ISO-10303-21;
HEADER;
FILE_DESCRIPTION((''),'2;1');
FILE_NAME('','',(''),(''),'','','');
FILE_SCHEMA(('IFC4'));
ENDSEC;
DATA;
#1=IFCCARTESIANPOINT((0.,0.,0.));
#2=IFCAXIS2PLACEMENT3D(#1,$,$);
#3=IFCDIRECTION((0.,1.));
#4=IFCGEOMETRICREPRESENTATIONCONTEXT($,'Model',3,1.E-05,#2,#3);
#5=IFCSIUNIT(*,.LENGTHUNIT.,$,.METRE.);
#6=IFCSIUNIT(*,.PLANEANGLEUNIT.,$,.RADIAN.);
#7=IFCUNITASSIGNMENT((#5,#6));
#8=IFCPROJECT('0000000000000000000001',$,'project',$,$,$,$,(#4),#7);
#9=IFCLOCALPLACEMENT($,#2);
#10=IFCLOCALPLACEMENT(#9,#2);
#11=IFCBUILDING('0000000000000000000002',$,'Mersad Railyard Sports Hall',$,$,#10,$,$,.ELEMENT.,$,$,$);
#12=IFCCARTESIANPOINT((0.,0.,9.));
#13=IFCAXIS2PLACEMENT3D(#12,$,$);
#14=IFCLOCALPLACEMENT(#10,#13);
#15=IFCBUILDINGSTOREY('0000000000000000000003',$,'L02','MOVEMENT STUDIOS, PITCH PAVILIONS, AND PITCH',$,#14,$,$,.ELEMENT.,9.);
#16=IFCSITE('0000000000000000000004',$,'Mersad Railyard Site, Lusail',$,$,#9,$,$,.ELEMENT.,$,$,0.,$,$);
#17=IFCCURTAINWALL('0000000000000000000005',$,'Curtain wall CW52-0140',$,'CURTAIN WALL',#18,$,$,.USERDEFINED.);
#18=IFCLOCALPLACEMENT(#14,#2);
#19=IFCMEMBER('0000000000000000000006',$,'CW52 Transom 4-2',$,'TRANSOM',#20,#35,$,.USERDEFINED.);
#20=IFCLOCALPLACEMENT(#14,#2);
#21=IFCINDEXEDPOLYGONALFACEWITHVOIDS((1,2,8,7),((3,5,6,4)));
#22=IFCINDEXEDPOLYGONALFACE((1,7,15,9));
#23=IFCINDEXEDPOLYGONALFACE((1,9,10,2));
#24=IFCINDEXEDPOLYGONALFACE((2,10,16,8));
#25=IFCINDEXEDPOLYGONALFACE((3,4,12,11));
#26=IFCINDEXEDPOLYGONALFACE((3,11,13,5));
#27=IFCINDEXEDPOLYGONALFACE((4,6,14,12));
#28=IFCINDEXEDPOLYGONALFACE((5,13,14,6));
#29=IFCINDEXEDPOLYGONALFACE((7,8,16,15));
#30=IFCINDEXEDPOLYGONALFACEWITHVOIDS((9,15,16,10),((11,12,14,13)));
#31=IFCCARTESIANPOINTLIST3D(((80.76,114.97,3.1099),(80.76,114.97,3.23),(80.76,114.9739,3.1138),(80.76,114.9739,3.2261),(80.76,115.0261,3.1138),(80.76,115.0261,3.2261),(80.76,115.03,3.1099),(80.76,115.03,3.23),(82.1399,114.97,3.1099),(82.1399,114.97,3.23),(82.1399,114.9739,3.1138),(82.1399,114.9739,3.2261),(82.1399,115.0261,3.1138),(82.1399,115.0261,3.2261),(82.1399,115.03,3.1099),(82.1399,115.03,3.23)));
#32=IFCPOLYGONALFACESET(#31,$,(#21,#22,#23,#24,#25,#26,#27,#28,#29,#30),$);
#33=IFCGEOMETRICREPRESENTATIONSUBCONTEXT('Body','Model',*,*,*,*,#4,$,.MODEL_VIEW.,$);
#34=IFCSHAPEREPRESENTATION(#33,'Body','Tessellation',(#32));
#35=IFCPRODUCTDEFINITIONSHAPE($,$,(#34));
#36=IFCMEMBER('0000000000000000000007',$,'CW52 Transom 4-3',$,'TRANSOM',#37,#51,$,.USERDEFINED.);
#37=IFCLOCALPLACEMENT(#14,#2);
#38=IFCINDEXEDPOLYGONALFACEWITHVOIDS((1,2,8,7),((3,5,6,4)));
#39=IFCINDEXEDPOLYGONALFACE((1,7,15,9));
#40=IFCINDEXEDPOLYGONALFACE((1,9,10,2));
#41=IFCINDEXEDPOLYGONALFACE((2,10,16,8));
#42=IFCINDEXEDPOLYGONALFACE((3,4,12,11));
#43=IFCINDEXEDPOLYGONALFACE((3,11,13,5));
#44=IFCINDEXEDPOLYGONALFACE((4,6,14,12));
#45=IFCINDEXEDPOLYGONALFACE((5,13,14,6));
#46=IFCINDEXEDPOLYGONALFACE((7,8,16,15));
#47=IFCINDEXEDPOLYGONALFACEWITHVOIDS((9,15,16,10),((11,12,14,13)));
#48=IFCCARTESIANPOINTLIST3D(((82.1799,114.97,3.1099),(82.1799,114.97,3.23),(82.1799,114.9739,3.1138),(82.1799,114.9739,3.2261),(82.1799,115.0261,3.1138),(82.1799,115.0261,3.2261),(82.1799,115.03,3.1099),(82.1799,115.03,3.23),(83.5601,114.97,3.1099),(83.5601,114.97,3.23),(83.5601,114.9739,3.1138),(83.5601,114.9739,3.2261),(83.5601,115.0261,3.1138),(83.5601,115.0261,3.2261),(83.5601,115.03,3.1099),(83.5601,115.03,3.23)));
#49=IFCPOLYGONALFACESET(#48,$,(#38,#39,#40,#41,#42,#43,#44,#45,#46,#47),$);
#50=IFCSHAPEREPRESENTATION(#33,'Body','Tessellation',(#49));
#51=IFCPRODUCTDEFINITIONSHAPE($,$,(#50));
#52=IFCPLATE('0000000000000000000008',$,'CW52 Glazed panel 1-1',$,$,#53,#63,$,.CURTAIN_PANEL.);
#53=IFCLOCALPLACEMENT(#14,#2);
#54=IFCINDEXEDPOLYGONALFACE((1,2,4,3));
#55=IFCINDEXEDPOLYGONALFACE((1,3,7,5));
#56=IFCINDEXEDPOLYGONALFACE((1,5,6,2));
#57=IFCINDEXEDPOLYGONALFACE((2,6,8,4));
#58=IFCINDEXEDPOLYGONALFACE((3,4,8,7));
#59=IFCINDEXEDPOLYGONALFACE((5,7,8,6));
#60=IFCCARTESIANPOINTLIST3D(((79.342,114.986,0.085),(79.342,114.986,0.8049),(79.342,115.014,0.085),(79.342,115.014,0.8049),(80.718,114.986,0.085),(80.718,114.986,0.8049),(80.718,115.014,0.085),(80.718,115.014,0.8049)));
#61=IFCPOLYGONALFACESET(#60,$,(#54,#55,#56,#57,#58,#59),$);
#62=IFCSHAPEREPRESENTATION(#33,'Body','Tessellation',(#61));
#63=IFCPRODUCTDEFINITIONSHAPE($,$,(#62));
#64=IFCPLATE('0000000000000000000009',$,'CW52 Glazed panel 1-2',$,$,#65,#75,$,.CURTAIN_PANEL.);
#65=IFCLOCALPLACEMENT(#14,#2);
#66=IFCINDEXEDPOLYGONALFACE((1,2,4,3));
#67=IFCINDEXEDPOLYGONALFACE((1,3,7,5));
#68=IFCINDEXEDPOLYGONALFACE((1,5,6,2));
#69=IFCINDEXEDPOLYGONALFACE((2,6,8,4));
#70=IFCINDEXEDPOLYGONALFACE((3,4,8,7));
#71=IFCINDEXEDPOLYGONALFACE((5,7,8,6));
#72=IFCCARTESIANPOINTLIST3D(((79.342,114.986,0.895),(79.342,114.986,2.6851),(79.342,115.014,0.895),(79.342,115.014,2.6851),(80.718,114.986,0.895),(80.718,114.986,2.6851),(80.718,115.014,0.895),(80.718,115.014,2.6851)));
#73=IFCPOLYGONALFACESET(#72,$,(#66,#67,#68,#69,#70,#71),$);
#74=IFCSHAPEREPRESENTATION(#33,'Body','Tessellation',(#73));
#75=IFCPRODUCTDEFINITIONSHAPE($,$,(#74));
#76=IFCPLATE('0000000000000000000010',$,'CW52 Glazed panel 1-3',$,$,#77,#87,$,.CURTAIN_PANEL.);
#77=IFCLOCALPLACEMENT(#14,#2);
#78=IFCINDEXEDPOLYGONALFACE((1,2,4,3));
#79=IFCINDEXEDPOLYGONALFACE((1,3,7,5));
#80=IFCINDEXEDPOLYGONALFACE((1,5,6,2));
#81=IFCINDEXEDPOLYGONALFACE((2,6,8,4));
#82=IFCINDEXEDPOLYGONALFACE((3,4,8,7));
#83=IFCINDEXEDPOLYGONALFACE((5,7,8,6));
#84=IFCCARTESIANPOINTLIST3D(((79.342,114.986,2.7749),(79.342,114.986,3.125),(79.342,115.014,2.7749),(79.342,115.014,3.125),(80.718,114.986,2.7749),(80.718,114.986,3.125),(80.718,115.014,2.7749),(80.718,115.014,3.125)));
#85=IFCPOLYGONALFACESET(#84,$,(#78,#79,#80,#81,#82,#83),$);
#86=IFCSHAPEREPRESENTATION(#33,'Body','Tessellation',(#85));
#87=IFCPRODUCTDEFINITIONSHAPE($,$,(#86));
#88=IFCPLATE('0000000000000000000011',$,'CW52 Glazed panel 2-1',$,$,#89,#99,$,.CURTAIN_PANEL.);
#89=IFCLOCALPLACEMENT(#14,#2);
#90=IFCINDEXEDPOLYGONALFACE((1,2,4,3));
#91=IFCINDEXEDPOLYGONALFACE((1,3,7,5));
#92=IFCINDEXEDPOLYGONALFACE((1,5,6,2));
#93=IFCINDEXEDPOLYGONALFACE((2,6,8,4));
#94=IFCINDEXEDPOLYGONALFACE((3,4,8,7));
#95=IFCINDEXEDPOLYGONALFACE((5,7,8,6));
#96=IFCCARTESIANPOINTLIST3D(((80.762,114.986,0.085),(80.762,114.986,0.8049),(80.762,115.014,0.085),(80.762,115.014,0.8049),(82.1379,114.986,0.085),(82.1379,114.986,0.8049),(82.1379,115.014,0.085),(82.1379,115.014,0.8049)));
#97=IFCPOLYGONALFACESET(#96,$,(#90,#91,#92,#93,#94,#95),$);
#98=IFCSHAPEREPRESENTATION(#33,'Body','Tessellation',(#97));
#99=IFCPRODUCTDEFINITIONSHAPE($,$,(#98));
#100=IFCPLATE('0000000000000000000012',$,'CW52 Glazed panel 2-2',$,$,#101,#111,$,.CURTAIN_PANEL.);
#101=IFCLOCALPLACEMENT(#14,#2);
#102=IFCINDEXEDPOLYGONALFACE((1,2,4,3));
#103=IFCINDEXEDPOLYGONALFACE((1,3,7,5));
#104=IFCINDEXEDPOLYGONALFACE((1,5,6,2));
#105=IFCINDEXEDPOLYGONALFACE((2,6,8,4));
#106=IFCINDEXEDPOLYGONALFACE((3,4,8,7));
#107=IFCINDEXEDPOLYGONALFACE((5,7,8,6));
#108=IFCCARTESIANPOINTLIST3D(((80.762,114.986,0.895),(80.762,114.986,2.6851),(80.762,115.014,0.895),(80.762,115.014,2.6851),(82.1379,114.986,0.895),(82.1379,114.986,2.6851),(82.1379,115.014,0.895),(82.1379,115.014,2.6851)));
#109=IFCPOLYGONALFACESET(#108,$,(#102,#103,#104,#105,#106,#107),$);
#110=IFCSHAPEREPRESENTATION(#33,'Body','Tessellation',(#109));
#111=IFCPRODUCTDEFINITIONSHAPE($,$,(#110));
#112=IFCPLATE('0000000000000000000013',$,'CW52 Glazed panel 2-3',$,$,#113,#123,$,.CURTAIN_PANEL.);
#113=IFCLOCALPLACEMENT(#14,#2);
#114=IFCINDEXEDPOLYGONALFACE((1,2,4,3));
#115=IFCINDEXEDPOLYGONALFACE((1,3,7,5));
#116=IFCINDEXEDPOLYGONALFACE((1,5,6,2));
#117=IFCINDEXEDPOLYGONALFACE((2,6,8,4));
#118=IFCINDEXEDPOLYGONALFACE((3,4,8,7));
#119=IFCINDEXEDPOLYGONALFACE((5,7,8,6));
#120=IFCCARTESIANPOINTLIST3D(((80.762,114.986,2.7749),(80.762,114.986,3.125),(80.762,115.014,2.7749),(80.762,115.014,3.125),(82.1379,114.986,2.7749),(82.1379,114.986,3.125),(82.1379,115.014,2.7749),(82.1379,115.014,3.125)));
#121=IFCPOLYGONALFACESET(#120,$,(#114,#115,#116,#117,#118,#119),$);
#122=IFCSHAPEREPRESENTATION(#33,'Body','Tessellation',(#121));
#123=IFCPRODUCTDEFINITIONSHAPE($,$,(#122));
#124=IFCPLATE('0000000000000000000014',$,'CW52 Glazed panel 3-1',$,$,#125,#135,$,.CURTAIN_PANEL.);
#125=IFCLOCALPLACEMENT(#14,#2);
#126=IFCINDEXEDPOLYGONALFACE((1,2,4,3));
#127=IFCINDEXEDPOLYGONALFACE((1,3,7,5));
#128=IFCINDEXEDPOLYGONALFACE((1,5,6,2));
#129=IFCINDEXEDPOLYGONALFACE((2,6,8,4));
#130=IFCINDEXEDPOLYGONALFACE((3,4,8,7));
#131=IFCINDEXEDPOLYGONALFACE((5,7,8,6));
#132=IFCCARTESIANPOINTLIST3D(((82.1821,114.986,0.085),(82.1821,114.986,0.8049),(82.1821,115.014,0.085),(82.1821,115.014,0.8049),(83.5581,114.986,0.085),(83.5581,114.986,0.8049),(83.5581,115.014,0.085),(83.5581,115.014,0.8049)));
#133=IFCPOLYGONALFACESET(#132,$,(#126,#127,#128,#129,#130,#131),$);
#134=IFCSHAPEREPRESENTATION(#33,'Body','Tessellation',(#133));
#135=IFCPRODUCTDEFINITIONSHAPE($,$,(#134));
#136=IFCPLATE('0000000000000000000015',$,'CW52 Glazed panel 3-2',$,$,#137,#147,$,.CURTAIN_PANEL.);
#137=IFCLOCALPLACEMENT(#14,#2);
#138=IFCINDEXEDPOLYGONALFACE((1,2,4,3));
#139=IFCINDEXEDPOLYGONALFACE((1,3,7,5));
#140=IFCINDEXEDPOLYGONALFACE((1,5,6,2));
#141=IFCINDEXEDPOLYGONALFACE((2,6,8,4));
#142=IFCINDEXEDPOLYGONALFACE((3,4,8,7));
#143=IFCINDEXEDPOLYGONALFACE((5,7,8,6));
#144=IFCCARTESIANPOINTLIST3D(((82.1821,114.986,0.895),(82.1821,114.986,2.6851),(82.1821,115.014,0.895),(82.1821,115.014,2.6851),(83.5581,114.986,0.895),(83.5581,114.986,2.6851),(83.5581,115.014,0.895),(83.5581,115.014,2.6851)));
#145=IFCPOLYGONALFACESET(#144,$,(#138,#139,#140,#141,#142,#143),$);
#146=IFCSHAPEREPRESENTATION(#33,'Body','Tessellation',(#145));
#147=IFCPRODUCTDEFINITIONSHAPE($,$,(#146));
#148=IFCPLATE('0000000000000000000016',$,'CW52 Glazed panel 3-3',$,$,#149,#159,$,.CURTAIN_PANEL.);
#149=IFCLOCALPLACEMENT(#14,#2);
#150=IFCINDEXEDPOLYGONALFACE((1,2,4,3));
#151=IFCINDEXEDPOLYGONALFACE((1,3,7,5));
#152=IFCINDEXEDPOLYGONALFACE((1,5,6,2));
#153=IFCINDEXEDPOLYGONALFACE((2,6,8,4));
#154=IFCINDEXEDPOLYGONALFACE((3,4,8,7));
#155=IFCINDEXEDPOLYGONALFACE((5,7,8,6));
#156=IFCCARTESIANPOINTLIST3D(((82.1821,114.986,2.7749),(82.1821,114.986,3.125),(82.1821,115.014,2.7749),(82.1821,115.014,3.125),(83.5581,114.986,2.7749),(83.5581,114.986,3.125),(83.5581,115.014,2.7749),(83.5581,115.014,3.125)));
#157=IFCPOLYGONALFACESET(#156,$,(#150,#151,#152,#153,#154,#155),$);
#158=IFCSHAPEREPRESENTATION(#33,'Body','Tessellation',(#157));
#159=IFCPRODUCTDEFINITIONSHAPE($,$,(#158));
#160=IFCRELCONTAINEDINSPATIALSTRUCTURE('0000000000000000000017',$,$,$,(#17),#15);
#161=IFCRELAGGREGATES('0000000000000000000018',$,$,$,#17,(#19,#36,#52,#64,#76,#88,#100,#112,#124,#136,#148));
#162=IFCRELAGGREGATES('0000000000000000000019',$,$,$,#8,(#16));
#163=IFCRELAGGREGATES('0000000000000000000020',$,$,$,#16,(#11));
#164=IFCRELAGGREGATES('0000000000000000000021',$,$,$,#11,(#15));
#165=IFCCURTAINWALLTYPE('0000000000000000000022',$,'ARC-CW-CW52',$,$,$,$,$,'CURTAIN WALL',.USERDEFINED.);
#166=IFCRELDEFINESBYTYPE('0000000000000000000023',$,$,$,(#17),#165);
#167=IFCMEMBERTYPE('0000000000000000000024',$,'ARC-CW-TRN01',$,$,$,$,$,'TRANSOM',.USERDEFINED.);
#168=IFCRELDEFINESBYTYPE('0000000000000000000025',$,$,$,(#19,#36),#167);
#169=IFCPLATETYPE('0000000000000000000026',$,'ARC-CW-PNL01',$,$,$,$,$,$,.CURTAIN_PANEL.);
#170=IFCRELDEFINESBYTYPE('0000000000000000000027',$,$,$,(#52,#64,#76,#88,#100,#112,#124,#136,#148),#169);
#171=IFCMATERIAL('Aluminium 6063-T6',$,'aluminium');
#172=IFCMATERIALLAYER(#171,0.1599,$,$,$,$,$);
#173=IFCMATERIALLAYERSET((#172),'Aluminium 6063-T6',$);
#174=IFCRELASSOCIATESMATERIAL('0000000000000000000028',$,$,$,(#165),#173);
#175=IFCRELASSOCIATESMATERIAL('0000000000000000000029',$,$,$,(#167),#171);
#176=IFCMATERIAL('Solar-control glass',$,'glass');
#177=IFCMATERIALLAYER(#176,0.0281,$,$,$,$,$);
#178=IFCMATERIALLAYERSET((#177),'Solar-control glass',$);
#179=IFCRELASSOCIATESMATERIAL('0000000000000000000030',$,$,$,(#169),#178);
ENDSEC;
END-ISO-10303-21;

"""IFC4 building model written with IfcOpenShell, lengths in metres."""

from ifc_helpers import new_model, si_unit, direction, frame, origin, origin_2d, place, context, subcontext, project, spatial, rectangle, hollow_rectangle, extrude, material, layer, layer_set, material_profile, profile_set, type_object, element, aggregate, save


model = new_model("IFC4")

# Units and contexts
model_context = context("Model", 3, precision=1e-05, world=origin(), true_north=direction((0.0, 1.0)))
body_context = subcontext(model_context, "Body", "Model", "MODEL_VIEW")
ifc_project = project(units=[si_unit("LENGTHUNIT", "METRE"), si_unit("PLANEANGLEUNIT", "RADIAN")], contexts=[model_context])

# Site, building, storey
site_placement = place(None, origin())
site = spatial("IfcSite", under=ifc_project, at=site_placement, Name="Mersad Railyard Site, Lusail", CompositionType="ELEMENT", RefElevation=0.0)
building_placement = place(site_placement, origin())
building = spatial("IfcBuilding", under=site, at=building_placement, Name="Mersad Railyard Sports Hall", CompositionType="ELEMENT")
storey_placement = place(building_placement, frame((0.0, 0.0, 9.0)))
storey = spatial("IfcBuildingStorey", under=building, at=storey_placement, Name="L02", Description="MOVEMENT STUDIOS, PITCH PAVILIONS, AND PITCH", CompositionType="ELEMENT", Elevation=9.0)

# Curtain wall, members, plates
ifc_material_1 = material(Name="Aluminium 6063-T6", Category="aluminium")
ifc_layer_1 = layer(ifc_material_1, 0.1599)
ifc_layer_set_1 = layer_set([ifc_layer_1], Name="Aluminium 6063-T6")
curtain_wall_type = type_object("IfcCurtainWallType", Name="ARC-CW-CW52", ElementType="CURTAIN WALL", PredefinedType="USERDEFINED", material=ifc_layer_set_1)
curtain_wall_placement = place(storey_placement, origin())
curtain_wall = element("IfcCurtainWall", 1, at=curtain_wall_placement, inside=storey, type_object=curtain_wall_type, Name="Curtain wall CW52-0140", ObjectType="CURTAIN WALL", PredefinedType="USERDEFINED")
ifc_material_profile_1 = material_profile(ifc_material_1, hollow_rectangle(XDim=0.0601, YDim=0.1201, WallThickness=0.0039, at=origin_2d()), Name="AL TRANSOM 60x120x4")
ifc_profile_set_1 = profile_set([ifc_material_profile_1], Name="Aluminium 6063-T6")
member_type_1 = type_object("IfcMemberType", Name="ARC-CW-TRN01", ElementType="TRANSOM", PredefinedType="USERDEFINED", material=ifc_profile_set_1)
member_1_placement = place(storey_placement, frame((80.76, 115.0, 3.1699), z_axis=(1.0, 0.0, 0.0), x_axis=(0.0, 1.0, 0.0)))
member_1 = element("IfcMember", 2, at=member_1_placement, type_object=member_type_1, Name="CW52 Transom 4-2", ObjectType="TRANSOM", PredefinedType="USERDEFINED", context=body_context, shape_type="SweptSolid", body=[
    extrude(hollow_rectangle(XDim=0.0601, YDim=0.1201, WallThickness=0.0039, at=origin_2d()), origin(), (0.0, 0.0, 1.0), 1.3799),
])
member_2_placement = place(storey_placement, frame((82.1799, 115.0, 3.1699), z_axis=(1.0, 0.0, 0.0), x_axis=(0.0, 1.0, 0.0)))
member_2 = element("IfcMember", 3, at=member_2_placement, type_object=member_type_1, Name="CW52 Transom 4-3", ObjectType="TRANSOM", PredefinedType="USERDEFINED", context=body_context, shape_type="SweptSolid", body=[
    extrude(hollow_rectangle(XDim=0.0601, YDim=0.1201, WallThickness=0.0039, at=origin_2d()), origin(), (0.0, 0.0, 1.0), 1.3801),
])
ifc_material_2 = material(Name="Solar-control glass", Category="glass")
ifc_layer_2 = layer(ifc_material_2, 0.0281)
ifc_layer_set_2 = layer_set([ifc_layer_2], Name="Solar-control glass")
plate_type = type_object("IfcPlateType", Name="ARC-CW-PNL01", PredefinedType="CURTAIN_PANEL", material=ifc_layer_set_2)
plate_1_placement = place(storey_placement, frame((80.03, 115.0, 0.085), z_axis=(0.0, 0.0, 1.0), x_axis=(1.0, 0.0, 0.0)))
plate_1 = element("IfcPlate", 4, at=plate_1_placement, type_object=plate_type, Name="CW52 Glazed panel 1-1", PredefinedType="CURTAIN_PANEL", context=body_context, shape_type="SweptSolid", body=[
    extrude(rectangle(XDim=1.376, YDim=0.0281, at=origin_2d()), origin(), (0.0, 0.0, 1.0), 0.72),
])
plate_2_placement = place(storey_placement, frame((80.03, 115.0, 0.895), z_axis=(0.0, 0.0, 1.0), x_axis=(1.0, 0.0, 0.0)))
plate_2 = element("IfcPlate", 5, at=plate_2_placement, type_object=plate_type, Name="CW52 Glazed panel 1-2", PredefinedType="CURTAIN_PANEL", context=body_context, shape_type="SweptSolid", body=[
    extrude(rectangle(XDim=1.376, YDim=0.0281, at=origin_2d()), origin(), (0.0, 0.0, 1.0), 1.79),
])
plate_3_placement = place(storey_placement, frame((80.03, 115.0, 2.7749), z_axis=(0.0, 0.0, 1.0), x_axis=(1.0, 0.0, 0.0)))
plate_3 = element("IfcPlate", 6, at=plate_3_placement, type_object=plate_type, Name="CW52 Glazed panel 1-3", PredefinedType="CURTAIN_PANEL", context=body_context, shape_type="SweptSolid", body=[
    extrude(rectangle(XDim=1.376, YDim=0.0281, at=origin_2d()), origin(), (0.0, 0.0, 1.0), 0.3501),
])
plate_4_placement = place(storey_placement, frame((81.45, 115.0, 0.085), z_axis=(0.0, 0.0, 1.0), x_axis=(1.0, 0.0, 0.0)))
plate_4 = element("IfcPlate", 7, at=plate_4_placement, type_object=plate_type, Name="CW52 Glazed panel 2-1", PredefinedType="CURTAIN_PANEL", context=body_context, shape_type="SweptSolid", body=[
    extrude(rectangle(XDim=1.376, YDim=0.0281, at=origin_2d()), origin(), (0.0, 0.0, 1.0), 0.72),
])
plate_5_placement = place(storey_placement, frame((81.45, 115.0, 0.895), z_axis=(0.0, 0.0, 1.0), x_axis=(1.0, 0.0, 0.0)))
plate_5 = element("IfcPlate", 8, at=plate_5_placement, type_object=plate_type, Name="CW52 Glazed panel 2-2", PredefinedType="CURTAIN_PANEL", context=body_context, shape_type="SweptSolid", body=[
    extrude(rectangle(XDim=1.376, YDim=0.0281, at=origin_2d()), origin(), (0.0, 0.0, 1.0), 1.79),
])
plate_6_placement = place(storey_placement, frame((81.45, 115.0, 2.7749), z_axis=(0.0, 0.0, 1.0), x_axis=(1.0, 0.0, 0.0)))
plate_6 = element("IfcPlate", 9, at=plate_6_placement, type_object=plate_type, Name="CW52 Glazed panel 2-3", PredefinedType="CURTAIN_PANEL", context=body_context, shape_type="SweptSolid", body=[
    extrude(rectangle(XDim=1.376, YDim=0.0281, at=origin_2d()), origin(), (0.0, 0.0, 1.0), 0.3501),
])
plate_7_placement = place(storey_placement, frame((82.8701, 115.0, 0.085), z_axis=(0.0, 0.0, 1.0), x_axis=(1.0, 0.0, 0.0)))
plate_7 = element("IfcPlate", 10, at=plate_7_placement, type_object=plate_type, Name="CW52 Glazed panel 3-1", PredefinedType="CURTAIN_PANEL", context=body_context, shape_type="SweptSolid", body=[
    extrude(rectangle(XDim=1.376, YDim=0.0281, at=origin_2d()), origin(), (0.0, 0.0, 1.0), 0.72),
])
plate_8_placement = place(storey_placement, frame((82.8701, 115.0, 0.895), z_axis=(0.0, 0.0, 1.0), x_axis=(1.0, 0.0, 0.0)))
plate_8 = element("IfcPlate", 11, at=plate_8_placement, type_object=plate_type, Name="CW52 Glazed panel 3-2", PredefinedType="CURTAIN_PANEL", context=body_context, shape_type="SweptSolid", body=[
    extrude(rectangle(XDim=1.376, YDim=0.0281, at=origin_2d()), origin(), (0.0, 0.0, 1.0), 1.79),
])
plate_9_placement = place(storey_placement, frame((82.8701, 115.0, 2.7749), z_axis=(0.0, 0.0, 1.0), x_axis=(1.0, 0.0, 0.0)))
plate_9 = element("IfcPlate", 12, at=plate_9_placement, type_object=plate_type, Name="CW52 Glazed panel 3-3", PredefinedType="CURTAIN_PANEL", context=body_context, shape_type="SweptSolid", body=[
    extrude(rectangle(XDim=1.376, YDim=0.0281, at=origin_2d()), origin(), (0.0, 0.0, 1.0), 0.3501),
])
aggregate(curtain_wall, [member_1, member_2, plate_1, plate_2, plate_3, plate_4, plate_5, plate_6, plate_7, plate_8, plate_9])

save(model, "model.ifc")
